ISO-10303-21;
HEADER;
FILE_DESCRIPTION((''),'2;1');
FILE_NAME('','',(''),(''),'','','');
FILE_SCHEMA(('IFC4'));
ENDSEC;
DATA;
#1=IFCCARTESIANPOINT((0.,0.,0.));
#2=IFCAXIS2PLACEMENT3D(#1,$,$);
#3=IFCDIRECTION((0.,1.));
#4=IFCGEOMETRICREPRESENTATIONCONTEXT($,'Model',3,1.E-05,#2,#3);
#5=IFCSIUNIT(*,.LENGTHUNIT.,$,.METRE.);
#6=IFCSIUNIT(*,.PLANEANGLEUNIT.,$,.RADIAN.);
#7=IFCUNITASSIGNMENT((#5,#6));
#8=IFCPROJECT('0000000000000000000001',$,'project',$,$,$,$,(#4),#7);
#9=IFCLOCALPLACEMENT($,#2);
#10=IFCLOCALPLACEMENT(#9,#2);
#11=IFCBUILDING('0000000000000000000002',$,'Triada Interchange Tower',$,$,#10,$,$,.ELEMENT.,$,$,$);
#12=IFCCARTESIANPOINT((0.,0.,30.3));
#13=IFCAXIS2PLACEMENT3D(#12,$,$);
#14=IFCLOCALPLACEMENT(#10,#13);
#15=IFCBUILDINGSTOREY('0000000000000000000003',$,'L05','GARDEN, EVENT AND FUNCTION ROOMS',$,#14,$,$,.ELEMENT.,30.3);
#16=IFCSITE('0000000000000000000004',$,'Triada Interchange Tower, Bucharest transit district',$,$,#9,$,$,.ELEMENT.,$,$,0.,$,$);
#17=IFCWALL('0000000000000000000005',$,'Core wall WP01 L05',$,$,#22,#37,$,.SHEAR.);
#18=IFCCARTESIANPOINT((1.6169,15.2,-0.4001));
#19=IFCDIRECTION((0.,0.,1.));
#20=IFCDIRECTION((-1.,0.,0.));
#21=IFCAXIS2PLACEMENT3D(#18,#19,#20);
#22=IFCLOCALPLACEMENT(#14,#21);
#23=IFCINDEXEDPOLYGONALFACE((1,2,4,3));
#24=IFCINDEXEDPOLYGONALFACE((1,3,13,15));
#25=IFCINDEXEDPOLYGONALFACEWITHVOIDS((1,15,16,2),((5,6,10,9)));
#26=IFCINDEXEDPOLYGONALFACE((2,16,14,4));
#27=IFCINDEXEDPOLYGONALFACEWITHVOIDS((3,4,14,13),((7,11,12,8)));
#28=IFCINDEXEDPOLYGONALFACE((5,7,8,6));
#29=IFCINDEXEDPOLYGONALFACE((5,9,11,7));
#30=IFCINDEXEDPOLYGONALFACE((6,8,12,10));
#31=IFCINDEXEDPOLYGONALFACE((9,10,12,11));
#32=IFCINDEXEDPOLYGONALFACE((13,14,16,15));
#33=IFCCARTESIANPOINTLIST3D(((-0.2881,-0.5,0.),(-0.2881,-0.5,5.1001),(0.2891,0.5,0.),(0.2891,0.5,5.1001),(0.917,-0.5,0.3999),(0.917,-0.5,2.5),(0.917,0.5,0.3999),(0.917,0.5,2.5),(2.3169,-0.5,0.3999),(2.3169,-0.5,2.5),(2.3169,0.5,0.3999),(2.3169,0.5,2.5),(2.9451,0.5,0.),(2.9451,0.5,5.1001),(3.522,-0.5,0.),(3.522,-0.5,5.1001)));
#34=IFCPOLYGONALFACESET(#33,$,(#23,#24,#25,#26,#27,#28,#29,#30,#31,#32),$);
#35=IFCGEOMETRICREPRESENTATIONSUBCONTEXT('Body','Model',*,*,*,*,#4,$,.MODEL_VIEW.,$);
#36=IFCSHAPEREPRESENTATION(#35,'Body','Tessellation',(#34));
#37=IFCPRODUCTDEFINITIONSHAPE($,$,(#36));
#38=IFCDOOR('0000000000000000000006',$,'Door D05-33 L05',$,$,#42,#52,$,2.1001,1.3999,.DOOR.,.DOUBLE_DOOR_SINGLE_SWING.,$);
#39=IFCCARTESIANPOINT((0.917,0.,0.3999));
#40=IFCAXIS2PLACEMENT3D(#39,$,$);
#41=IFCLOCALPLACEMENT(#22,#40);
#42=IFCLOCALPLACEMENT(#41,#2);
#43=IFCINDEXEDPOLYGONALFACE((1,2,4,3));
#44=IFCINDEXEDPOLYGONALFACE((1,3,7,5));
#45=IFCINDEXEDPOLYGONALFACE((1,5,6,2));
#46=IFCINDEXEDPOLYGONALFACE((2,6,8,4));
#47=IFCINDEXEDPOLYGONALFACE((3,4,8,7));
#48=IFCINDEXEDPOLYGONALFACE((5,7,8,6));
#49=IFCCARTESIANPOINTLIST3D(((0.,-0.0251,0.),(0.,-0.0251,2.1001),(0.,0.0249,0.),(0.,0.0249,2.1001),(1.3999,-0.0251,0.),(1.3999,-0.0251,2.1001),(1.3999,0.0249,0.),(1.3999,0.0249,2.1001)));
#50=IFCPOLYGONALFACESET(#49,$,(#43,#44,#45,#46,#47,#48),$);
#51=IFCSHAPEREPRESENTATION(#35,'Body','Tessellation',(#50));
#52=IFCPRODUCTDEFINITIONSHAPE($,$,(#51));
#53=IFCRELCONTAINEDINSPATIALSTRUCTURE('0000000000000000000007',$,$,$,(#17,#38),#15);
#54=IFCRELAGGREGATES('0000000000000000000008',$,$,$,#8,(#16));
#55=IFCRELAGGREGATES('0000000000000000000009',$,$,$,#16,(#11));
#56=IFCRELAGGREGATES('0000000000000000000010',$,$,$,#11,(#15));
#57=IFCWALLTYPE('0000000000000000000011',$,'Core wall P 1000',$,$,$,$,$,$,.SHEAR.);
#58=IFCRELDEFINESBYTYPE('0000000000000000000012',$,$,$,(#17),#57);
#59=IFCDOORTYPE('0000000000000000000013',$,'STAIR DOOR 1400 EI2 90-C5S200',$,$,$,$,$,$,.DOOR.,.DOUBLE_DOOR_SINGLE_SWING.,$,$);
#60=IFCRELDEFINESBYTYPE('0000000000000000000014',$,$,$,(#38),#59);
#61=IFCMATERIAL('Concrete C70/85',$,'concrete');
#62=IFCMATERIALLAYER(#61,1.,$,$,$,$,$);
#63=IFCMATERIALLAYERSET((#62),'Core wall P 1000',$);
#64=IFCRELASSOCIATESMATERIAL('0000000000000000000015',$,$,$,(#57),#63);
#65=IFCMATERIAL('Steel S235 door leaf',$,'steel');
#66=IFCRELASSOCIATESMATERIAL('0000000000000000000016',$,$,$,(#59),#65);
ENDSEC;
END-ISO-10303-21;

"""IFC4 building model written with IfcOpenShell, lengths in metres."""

from ifc_helpers import new_model, si_unit, direction, frame, frame_2d, origin, place, context, subcontext, project, spatial, polyline, rectangle, outline, extrude, material, layer, layer_set, type_object, element, fill, save


model = new_model("IFC4")

# Units and contexts
model_context = context("Model", 3, precision=1e-05, world=origin(), true_north=direction((0.0, 1.0)))
body_context = subcontext(model_context, "Body", "Model", "MODEL_VIEW")
ifc_project = project(units=[si_unit("LENGTHUNIT", "METRE"), si_unit("PLANEANGLEUNIT", "RADIAN")], contexts=[model_context])

# Site, building, storey
site_placement = place(None, origin())
site = spatial("IfcSite", under=ifc_project, at=site_placement, Name="Triada Interchange Tower, Bucharest transit district", CompositionType="ELEMENT", RefElevation=0.0)
building_placement = place(site_placement, origin())
building = spatial("IfcBuilding", under=site, at=building_placement, Name="Triada Interchange Tower", CompositionType="ELEMENT")
storey_placement = place(building_placement, frame((0.0, 0.0, 30.3)))
storey = spatial("IfcBuildingStorey", under=building, at=storey_placement, Name="L05", Description="GARDEN, EVENT AND FUNCTION ROOMS", CompositionType="ELEMENT", Elevation=30.3)

# Shared definitions
ifc_material_1 = material(Name="Concrete C70/85", Category="concrete")

# Wall, opening, door
ifc_layer_1 = layer(ifc_material_1, 1.0)
ifc_layer_set_1 = layer_set([ifc_layer_1], Name="Core wall P 1000")
wall_type_1 = type_object("IfcWallType", Name="Core wall P 1000", PredefinedType="SHEAR", material=ifc_layer_set_1)
wall_1_placement = place(storey_placement, frame((1.6169, 15.2, -0.4001), z_axis=(0.0, 0.0, 1.0), x_axis=(-1.0, 0.0, 0.0)))
wall_1 = element("IfcWall", 1, at=wall_1_placement, inside=storey, type_object=wall_type_1, Name="Core wall WP01 L05", PredefinedType="SHEAR", context=body_context, shape_type="SweptSolid", body=[
    extrude(outline(polyline([(-0.2881, -0.5), (1.6169, -0.5), (3.522, -0.5), (2.9451, 0.5), (1.6172, 0.5), (0.2891, 0.5), (-0.2881, -0.5)])), origin(), (0.0, 0.0, 1.0), 5.1001),
])
opening_1_placement = place(wall_1_placement, frame((0.917, 0.0, 0.3999)))
opening_1 = element("IfcOpeningElement", 2, at=opening_1_placement, cuts=wall_1, PredefinedType="OPENING", context=body_context, shape_type="SweptSolid", body=[
    extrude(rectangle(XDim=1.3999, YDim=2.1001, at=frame_2d((0.7, 1.05))), frame((0.0, 0.51, 0.0), z_axis=(0.0, -1.0, 0.0), x_axis=(1.0, 0.0, 0.0)), (0.0, 0.0, 1.0), 1.02),
])
ifc_material_2 = material(Name="Steel S235 door leaf", Category="steel")
door_type_1 = type_object("IfcDoorType", Name="STAIR DOOR 1400 EI2 90-C5S200", OperationType="DOUBLE_DOOR_SINGLE_SWING", PredefinedType="DOOR", material=ifc_material_2)
door_1_placement = place(opening_1_placement, origin())
door_1 = element("IfcDoor", 3, at=door_1_placement, inside=storey, type_object=door_type_1, Name="Door D05-33 L05", OperationType="DOUBLE_DOOR_SINGLE_SWING", OverallHeight=2.1001, OverallWidth=1.3999, PredefinedType="DOOR", context=body_context, shape_type="SweptSolid", body=[
    extrude(rectangle(XDim=1.3999, YDim=2.1001, at=frame_2d((0.7, 1.05))), frame((0.0, 0.0249, 0.0), z_axis=(0.0, -1.0, 0.0), x_axis=(1.0, 0.0, 0.0)), (0.0, 0.0, 1.0), 0.05),
])
fill(opening_1, door_1)

save(model, "model.ifc")
